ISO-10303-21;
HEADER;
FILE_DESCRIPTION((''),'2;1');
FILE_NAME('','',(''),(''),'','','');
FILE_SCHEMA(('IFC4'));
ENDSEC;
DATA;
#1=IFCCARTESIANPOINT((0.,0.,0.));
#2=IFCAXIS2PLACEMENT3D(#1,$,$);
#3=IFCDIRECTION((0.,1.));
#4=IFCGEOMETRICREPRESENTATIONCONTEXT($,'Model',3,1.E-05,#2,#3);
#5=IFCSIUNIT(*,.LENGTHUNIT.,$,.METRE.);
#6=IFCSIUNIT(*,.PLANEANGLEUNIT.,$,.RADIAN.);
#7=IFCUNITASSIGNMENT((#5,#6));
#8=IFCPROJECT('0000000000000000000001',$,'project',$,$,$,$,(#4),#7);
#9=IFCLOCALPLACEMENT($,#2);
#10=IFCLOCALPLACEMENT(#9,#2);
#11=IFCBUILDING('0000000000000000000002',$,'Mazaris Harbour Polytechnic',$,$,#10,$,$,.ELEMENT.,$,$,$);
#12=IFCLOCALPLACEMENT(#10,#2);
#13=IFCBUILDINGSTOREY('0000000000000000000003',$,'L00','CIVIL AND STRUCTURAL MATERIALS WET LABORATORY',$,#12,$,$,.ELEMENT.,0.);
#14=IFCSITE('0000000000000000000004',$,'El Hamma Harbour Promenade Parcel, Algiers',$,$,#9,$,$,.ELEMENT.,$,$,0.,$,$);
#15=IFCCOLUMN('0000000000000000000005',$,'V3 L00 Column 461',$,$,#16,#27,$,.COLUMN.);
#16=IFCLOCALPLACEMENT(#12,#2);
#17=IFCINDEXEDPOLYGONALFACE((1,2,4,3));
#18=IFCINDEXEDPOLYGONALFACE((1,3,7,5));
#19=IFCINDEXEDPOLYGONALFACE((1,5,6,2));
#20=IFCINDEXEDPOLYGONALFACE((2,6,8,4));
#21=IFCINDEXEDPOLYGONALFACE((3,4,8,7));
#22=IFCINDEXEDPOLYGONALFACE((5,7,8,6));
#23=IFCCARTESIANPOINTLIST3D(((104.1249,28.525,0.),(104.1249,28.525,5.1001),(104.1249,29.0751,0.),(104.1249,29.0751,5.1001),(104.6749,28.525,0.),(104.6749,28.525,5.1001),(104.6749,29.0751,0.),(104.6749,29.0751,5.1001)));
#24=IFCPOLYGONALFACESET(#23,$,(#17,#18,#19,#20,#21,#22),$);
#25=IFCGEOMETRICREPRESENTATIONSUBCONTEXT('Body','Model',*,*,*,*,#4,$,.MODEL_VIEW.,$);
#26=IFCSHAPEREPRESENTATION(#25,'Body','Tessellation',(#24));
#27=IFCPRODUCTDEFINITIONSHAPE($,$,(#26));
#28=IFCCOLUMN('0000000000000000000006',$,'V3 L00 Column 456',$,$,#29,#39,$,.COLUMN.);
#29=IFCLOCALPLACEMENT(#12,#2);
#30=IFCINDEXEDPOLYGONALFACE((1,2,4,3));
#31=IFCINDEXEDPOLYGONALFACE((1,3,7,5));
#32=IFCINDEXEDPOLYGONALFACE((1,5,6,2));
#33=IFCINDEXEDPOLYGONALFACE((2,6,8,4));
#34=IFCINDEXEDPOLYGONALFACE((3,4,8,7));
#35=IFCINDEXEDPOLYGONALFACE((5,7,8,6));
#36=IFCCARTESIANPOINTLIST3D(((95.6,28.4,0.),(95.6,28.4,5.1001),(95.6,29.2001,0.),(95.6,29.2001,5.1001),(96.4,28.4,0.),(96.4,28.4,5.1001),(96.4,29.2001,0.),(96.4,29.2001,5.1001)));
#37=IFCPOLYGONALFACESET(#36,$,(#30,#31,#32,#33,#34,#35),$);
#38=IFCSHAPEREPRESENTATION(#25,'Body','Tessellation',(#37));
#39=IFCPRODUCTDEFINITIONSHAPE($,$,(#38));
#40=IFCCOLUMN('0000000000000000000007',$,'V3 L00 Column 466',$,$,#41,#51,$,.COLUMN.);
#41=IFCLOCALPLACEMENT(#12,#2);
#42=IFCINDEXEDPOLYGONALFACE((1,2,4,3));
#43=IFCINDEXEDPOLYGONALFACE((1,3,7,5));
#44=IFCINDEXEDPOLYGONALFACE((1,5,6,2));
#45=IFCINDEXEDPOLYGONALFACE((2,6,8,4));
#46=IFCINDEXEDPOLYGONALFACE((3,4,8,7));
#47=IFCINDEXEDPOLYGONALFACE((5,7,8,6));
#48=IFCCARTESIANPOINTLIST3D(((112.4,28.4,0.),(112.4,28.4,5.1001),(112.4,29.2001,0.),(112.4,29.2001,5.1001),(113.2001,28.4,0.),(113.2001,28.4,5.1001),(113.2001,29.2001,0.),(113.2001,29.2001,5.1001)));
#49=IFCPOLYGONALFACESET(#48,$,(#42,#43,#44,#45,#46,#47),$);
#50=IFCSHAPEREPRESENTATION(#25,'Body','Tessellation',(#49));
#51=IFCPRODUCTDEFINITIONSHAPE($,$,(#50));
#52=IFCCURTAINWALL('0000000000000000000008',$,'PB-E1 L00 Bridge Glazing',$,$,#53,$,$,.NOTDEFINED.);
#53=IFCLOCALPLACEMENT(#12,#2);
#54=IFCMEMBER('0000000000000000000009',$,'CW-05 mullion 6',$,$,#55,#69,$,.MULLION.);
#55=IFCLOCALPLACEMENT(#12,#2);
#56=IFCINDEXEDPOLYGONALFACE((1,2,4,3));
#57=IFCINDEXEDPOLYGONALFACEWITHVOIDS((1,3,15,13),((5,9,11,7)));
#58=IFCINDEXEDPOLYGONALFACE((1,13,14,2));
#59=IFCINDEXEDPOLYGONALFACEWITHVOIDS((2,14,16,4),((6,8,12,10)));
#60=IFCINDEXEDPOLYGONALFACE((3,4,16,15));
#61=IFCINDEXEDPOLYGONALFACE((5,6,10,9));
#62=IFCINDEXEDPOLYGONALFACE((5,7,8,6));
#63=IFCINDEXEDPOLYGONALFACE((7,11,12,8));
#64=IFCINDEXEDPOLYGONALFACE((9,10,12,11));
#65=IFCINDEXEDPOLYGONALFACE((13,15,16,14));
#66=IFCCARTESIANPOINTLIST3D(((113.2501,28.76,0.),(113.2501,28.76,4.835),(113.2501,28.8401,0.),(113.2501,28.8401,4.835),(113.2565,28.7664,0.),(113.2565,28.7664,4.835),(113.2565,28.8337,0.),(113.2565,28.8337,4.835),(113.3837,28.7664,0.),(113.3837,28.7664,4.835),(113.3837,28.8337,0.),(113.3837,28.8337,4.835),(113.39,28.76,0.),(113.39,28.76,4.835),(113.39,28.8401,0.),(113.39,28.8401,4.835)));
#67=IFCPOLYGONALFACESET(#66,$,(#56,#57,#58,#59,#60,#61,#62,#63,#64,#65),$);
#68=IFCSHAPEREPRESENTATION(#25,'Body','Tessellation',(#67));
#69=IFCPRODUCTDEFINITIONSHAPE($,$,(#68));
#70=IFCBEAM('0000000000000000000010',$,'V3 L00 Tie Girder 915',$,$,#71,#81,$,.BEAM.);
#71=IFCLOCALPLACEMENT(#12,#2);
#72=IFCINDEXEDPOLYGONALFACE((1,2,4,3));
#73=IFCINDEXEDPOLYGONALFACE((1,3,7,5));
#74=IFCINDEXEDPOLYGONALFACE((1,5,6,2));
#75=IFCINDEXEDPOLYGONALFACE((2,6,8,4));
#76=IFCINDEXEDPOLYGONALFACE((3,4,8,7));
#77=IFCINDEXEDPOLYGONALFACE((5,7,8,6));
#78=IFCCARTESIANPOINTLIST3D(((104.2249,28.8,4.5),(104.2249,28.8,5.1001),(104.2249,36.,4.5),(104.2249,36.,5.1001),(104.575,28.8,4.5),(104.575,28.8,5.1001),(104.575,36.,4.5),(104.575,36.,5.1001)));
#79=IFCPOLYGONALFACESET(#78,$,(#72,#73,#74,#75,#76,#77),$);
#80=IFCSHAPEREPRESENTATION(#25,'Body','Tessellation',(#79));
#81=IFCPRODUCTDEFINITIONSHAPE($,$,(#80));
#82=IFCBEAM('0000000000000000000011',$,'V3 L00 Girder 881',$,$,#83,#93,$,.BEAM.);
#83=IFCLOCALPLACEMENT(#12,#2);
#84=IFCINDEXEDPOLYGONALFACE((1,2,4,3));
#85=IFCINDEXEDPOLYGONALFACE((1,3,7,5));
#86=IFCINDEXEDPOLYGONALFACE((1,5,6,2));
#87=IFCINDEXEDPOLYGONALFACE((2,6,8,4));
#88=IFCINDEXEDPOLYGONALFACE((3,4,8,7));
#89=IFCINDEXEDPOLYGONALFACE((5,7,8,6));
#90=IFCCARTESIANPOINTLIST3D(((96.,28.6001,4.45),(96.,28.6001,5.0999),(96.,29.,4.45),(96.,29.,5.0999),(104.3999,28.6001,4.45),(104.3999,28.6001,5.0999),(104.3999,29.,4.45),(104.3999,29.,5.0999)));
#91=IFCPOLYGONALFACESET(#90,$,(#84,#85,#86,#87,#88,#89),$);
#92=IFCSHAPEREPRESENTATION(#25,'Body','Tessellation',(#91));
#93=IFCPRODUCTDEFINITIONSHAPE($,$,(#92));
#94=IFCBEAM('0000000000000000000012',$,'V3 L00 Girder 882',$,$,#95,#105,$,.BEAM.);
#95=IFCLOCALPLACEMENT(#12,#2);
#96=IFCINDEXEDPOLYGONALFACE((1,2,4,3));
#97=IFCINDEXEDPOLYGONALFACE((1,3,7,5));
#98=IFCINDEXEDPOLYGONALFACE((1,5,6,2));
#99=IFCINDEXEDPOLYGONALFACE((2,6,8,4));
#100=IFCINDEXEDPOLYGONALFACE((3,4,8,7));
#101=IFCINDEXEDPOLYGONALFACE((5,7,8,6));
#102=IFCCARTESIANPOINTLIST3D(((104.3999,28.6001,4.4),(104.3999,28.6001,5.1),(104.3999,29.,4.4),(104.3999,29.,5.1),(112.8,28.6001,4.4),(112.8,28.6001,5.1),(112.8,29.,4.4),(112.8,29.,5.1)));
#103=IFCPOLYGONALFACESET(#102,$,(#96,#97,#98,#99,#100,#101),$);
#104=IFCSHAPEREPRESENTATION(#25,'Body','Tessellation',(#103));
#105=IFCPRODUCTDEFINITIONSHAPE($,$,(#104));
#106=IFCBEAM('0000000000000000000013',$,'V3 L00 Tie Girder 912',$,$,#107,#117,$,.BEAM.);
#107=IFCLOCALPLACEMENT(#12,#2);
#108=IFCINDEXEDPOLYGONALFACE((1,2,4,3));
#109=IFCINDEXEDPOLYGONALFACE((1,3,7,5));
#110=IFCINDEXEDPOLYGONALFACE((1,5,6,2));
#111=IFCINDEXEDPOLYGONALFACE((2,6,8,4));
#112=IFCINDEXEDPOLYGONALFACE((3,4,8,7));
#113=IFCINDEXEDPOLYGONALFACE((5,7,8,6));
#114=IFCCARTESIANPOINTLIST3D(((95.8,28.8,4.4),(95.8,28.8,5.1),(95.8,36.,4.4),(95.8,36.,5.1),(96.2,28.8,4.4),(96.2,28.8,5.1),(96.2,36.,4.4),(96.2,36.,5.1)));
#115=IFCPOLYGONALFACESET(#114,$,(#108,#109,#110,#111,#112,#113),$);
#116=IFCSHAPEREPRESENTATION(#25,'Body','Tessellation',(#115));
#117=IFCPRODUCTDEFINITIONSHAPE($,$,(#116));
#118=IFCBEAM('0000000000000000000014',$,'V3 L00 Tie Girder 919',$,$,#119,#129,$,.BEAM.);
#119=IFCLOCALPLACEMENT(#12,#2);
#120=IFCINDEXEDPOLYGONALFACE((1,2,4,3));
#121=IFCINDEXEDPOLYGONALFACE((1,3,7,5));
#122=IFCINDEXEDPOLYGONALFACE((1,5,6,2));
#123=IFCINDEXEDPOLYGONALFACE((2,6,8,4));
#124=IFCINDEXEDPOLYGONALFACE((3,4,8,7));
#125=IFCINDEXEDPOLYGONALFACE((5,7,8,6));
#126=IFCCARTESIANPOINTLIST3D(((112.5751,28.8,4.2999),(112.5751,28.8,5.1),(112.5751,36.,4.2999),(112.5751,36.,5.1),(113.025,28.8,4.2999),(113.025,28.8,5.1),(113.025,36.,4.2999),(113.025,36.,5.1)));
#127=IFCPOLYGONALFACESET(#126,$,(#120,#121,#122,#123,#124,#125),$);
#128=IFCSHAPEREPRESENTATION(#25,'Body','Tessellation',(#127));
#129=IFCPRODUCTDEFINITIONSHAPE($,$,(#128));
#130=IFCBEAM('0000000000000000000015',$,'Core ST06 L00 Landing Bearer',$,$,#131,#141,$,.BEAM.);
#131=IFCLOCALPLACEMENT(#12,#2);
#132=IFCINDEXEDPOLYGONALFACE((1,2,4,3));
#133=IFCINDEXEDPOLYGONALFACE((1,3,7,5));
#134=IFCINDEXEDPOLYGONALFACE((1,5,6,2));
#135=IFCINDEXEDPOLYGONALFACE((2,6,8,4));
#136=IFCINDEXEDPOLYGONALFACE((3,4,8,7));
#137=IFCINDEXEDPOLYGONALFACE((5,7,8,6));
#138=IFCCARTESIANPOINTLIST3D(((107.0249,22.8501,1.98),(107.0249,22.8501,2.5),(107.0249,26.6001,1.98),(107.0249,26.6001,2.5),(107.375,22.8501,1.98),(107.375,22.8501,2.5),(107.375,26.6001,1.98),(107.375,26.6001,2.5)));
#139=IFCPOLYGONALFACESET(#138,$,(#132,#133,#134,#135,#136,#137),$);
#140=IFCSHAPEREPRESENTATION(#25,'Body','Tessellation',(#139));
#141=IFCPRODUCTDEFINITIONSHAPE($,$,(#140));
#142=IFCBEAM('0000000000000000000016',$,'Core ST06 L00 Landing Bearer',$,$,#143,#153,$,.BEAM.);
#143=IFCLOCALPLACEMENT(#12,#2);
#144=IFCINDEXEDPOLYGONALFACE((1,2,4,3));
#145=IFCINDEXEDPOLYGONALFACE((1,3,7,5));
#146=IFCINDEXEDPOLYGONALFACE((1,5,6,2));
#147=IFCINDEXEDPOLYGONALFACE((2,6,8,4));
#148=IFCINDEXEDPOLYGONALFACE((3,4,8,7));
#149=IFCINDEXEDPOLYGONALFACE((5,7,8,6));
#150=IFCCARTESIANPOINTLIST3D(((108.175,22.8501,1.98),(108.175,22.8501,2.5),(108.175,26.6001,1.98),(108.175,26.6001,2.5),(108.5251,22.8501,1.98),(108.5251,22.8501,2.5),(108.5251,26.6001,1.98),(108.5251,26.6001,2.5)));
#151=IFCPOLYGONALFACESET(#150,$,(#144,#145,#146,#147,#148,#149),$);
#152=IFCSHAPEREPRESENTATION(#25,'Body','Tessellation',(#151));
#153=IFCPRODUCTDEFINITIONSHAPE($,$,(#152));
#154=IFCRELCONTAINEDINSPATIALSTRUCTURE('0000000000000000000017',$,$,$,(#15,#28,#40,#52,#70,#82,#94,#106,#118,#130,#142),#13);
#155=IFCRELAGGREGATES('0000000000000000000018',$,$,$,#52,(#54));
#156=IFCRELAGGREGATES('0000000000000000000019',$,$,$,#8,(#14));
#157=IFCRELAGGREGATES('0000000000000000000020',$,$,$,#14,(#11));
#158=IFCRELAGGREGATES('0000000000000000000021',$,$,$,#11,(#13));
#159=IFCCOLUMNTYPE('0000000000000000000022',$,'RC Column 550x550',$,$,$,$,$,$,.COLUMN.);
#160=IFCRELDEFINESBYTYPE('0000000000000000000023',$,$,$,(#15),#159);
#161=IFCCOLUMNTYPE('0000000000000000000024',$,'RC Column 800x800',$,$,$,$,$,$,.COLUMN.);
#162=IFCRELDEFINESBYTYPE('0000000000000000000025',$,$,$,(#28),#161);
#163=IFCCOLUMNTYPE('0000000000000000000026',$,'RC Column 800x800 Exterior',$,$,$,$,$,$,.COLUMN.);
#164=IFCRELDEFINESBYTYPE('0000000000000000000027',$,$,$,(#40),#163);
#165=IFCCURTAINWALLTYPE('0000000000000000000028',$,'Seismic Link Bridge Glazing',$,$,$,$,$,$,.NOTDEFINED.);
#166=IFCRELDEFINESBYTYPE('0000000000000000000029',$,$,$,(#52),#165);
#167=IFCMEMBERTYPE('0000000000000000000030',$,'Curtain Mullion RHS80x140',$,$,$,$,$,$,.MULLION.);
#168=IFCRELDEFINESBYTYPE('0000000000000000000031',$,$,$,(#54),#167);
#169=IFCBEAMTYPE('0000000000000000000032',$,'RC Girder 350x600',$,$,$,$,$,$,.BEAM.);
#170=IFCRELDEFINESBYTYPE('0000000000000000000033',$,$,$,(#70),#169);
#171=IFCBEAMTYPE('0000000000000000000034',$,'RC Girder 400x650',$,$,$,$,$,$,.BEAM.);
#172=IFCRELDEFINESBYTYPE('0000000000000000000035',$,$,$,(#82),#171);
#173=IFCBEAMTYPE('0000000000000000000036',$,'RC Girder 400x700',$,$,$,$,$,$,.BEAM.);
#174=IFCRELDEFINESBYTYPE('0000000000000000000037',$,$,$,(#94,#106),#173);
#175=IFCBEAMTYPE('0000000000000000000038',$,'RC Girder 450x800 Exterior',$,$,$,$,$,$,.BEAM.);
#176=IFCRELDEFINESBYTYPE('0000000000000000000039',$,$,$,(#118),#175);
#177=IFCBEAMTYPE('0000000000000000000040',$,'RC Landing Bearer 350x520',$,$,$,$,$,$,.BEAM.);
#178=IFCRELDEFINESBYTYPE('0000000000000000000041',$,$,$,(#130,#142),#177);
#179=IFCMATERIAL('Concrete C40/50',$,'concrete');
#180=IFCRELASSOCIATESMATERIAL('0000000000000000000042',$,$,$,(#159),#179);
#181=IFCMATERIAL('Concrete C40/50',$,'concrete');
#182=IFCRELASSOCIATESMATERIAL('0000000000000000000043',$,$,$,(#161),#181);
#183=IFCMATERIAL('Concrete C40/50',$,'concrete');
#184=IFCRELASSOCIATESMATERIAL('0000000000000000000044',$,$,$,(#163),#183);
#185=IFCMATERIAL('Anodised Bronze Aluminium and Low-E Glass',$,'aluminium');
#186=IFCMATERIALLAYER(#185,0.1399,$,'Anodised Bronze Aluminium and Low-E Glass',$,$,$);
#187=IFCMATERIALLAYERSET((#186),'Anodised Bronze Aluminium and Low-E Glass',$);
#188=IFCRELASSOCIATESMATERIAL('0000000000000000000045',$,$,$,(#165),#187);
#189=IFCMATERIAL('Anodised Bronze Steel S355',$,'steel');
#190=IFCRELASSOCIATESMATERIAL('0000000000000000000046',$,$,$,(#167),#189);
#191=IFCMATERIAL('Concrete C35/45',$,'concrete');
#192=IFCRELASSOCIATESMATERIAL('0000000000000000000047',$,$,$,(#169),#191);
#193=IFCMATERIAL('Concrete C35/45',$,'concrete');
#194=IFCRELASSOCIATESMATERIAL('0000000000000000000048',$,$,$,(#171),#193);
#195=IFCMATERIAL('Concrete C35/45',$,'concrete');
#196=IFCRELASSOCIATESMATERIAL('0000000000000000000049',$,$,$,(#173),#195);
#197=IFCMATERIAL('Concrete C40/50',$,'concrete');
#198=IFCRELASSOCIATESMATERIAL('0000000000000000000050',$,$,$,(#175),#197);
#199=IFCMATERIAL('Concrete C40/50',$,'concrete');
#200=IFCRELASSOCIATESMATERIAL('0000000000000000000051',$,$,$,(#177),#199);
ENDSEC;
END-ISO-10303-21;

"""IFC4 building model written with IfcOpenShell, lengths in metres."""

from ifc_helpers import new_model, si_unit, direction, frame, origin, origin_2d, place, context, subcontext, project, spatial, rectangle, hollow_rectangle, extrude, material, layer, layer_set, material_profile, profile_set, type_object, element, aggregate, save


model = new_model("IFC4")

# Units and contexts
model_context = context("Model", 3, precision=1e-05, world=origin(), true_north=direction((0.0, 1.0)))
body_context = subcontext(model_context, "Body", "Model", "MODEL_VIEW")
ifc_project = project(units=[si_unit("LENGTHUNIT", "METRE"), si_unit("PLANEANGLEUNIT", "RADIAN")], contexts=[model_context])

# Site, building, storey
site_placement = place(None, origin())
site = spatial("IfcSite", under=ifc_project, at=site_placement, Name="El Hamma Harbour Promenade Parcel, Algiers", CompositionType="ELEMENT", RefElevation=0.0)
building_placement = place(site_placement, origin())
building = spatial("IfcBuilding", under=site, at=building_placement, Name="Mazaris Harbour Polytechnic", CompositionType="ELEMENT")
storey_placement = place(building_placement, origin())
storey = spatial("IfcBuildingStorey", under=building, at=storey_placement, Name="L00", Description="CIVIL AND STRUCTURAL MATERIALS WET LABORATORY", CompositionType="ELEMENT", Elevation=0.0)

# Columns
ifc_material_1 = material(Name="Concrete C40/50", Category="concrete")
ifc_material_profile_1 = material_profile(ifc_material_1, rectangle(XDim=0.55, YDim=0.55, at=origin_2d()), Name="RECT550x550")
ifc_profile_set_1 = profile_set([ifc_material_profile_1], Name="Concrete C40/50")
column_type_1 = type_object("IfcColumnType", Name="RC Column 550x550", PredefinedType="COLUMN", material=ifc_profile_set_1)
column_1_placement = place(storey_placement, frame((104.3999, 28.8, 0.0), z_axis=(0.0, 0.0, 1.0), x_axis=(1.0, 0.0, 0.0)))
element("IfcColumn", 1, at=column_1_placement, inside=storey, type_object=column_type_1, Name="V3 L00 Column 461", PredefinedType="COLUMN", context=body_context, shape_type="SweptSolid", body=[
    extrude(rectangle(XDim=0.55, YDim=0.55, at=origin_2d()), origin(), (0.0, 0.0, 1.0), 5.1001),
])
ifc_material_2 = material(Name="Concrete C40/50", Category="concrete")
ifc_material_profile_2 = material_profile(ifc_material_2, rectangle(XDim=0.8, YDim=0.8, at=origin_2d()), Name="RECT800x800")
ifc_profile_set_2 = profile_set([ifc_material_profile_2], Name="Concrete C40/50")
column_type_2 = type_object("IfcColumnType", Name="RC Column 800x800", PredefinedType="COLUMN", material=ifc_profile_set_2)
column_2_placement = place(storey_placement, frame((96.0, 28.8, 0.0), z_axis=(0.0, 0.0, 1.0), x_axis=(1.0, 0.0, 0.0)))
element("IfcColumn", 2, at=column_2_placement, inside=storey, type_object=column_type_2, Name="V3 L00 Column 456", PredefinedType="COLUMN", context=body_context, shape_type="SweptSolid", body=[
    extrude(rectangle(XDim=0.8, YDim=0.8, at=origin_2d()), origin(), (0.0, 0.0, 1.0), 5.1001),
])
ifc_material_3 = material(Name="Concrete C40/50", Category="concrete")
ifc_material_profile_3 = material_profile(ifc_material_3, rectangle(XDim=0.8, YDim=0.8, at=origin_2d()), Name="RECT800x800")
ifc_profile_set_3 = profile_set([ifc_material_profile_3], Name="Concrete C40/50")
column_type_3 = type_object("IfcColumnType", Name="RC Column 800x800 Exterior", PredefinedType="COLUMN", material=ifc_profile_set_3)
column_3_placement = place(storey_placement, frame((112.8, 28.8, 0.0), z_axis=(0.0, 0.0, 1.0), x_axis=(1.0, 0.0, 0.0)))
element("IfcColumn", 3, at=column_3_placement, inside=storey, type_object=column_type_3, Name="V3 L00 Column 466", PredefinedType="COLUMN", context=body_context, shape_type="SweptSolid", body=[
    extrude(rectangle(XDim=0.8, YDim=0.8, at=origin_2d()), origin(), (0.0, 0.0, 1.0), 5.1001),
])

# Curtain wall, member
ifc_material_4 = material(Name="Anodised Bronze Aluminium and Low-E Glass", Category="aluminium")
ifc_layer_1 = layer(ifc_material_4, 0.1399, Name="Anodised Bronze Aluminium and Low-E Glass")
ifc_layer_set_1 = layer_set([ifc_layer_1], Name="Anodised Bronze Aluminium and Low-E Glass")
curtain_wall_type = type_object("IfcCurtainWallType", Name="Seismic Link Bridge Glazing", PredefinedType="NOTDEFINED", material=ifc_layer_set_1)
curtain_wall_placement = place(storey_placement, origin())
curtain_wall = element("IfcCurtainWall", 4, at=curtain_wall_placement, inside=storey, type_object=curtain_wall_type, Name="PB-E1 L00 Bridge Glazing", PredefinedType="NOTDEFINED")
ifc_material_5 = material(Name="Anodised Bronze Steel S355", Category="steel")
ifc_material_profile_4 = material_profile(ifc_material_5, hollow_rectangle(XDim=0.0801, YDim=0.1399, WallThickness=0.0063, at=origin_2d()), Name="RHS 80x140x6.3")
ifc_profile_set_4 = profile_set([ifc_material_profile_4], Name="Anodised Bronze Steel S355")
member_type = type_object("IfcMemberType", Name="Curtain Mullion RHS80x140", PredefinedType="MULLION", material=ifc_profile_set_4)
member_placement = place(storey_placement, frame((113.3201, 28.8, 0.0), z_axis=(0.0, 0.0, 1.0), x_axis=(0.0, -1.0, 0.0)))
member = element("IfcMember", 5, at=member_placement, type_object=member_type, Name="CW-05 mullion 6", PredefinedType="MULLION", context=body_context, shape_type="SweptSolid", body=[
    extrude(hollow_rectangle(XDim=0.0801, YDim=0.1399, WallThickness=0.0063, at=origin_2d()), origin(), (0.0, 0.0, 1.0), 4.835),
])
aggregate(curtain_wall, [member])

# Beams
ifc_material_6 = material(Name="Concrete C35/45", Category="concrete")
ifc_material_profile_5 = material_profile(ifc_material_6, rectangle(XDim=0.3501, YDim=0.6001, at=origin_2d()), Name="RECT350x600")
ifc_profile_set_5 = profile_set([ifc_material_profile_5], Name="Concrete C35/45")
beam_type_1 = type_object("IfcBeamType", Name="RC Girder 350x600", PredefinedType="BEAM", material=ifc_profile_set_5)
beam_1_placement = place(storey_placement, frame((104.3999, 28.8, 4.8), z_axis=(0.0, 1.0, 0.0), x_axis=(-1.0, 0.0, 0.0)))
element("IfcBeam", 6, at=beam_1_placement, inside=storey, type_object=beam_type_1, Name="V3 L00 Tie Girder 915", PredefinedType="BEAM", context=body_context, shape_type="SweptSolid", body=[
    extrude(rectangle(XDim=0.3501, YDim=0.6001, at=origin_2d()), origin(), (0.0, 0.0, 1.0), 7.2),
])
ifc_material_7 = material(Name="Concrete C35/45", Category="concrete")
ifc_material_profile_6 = material_profile(ifc_material_7, rectangle(XDim=0.3999, YDim=0.6499, at=origin_2d()), Name="RECT400x650")
ifc_profile_set_6 = profile_set([ifc_material_profile_6], Name="Concrete C35/45")
beam_type_2 = type_object("IfcBeamType", Name="RC Girder 400x650", PredefinedType="BEAM", material=ifc_profile_set_6)
beam_2_placement = place(storey_placement, frame((96.0, 28.8, 4.7749), z_axis=(1.0, 0.0, 0.0), x_axis=(0.0, 1.0, 0.0)))
element("IfcBeam", 7, at=beam_2_placement, inside=storey, type_object=beam_type_2, Name="V3 L00 Girder 881", PredefinedType="BEAM", context=body_context, shape_type="SweptSolid", body=[
    extrude(rectangle(XDim=0.3999, YDim=0.6499, at=origin_2d()), origin(), (0.0, 0.0, 1.0), 8.3999),
])
ifc_material_8 = material(Name="Concrete C35/45", Category="concrete")
ifc_material_profile_7 = material_profile(ifc_material_8, rectangle(XDim=0.3999, YDim=0.7, at=origin_2d()), Name="RECT400x700")
ifc_profile_set_7 = profile_set([ifc_material_profile_7], Name="Concrete C35/45")
beam_type_3 = type_object("IfcBeamType", Name="RC Girder 400x700", PredefinedType="BEAM", material=ifc_profile_set_7)
beam_3_placement = place(storey_placement, frame((104.3999, 28.8, 4.75), z_axis=(1.0, 0.0, 0.0), x_axis=(0.0, 1.0, 0.0)))
element("IfcBeam", 8, at=beam_3_placement, inside=storey, type_object=beam_type_3, Name="V3 L00 Girder 882", PredefinedType="BEAM", context=body_context, shape_type="SweptSolid", body=[
    extrude(rectangle(XDim=0.3999, YDim=0.7, at=origin_2d()), origin(), (0.0, 0.0, 1.0), 8.4001),
])
beam_4_placement = place(storey_placement, frame((96.0, 28.8, 4.75), z_axis=(0.0, 1.0, 0.0), x_axis=(-1.0, 0.0, 0.0)))
element("IfcBeam", 9, at=beam_4_placement, inside=storey, type_object=beam_type_3, Name="V3 L00 Tie Girder 912", PredefinedType="BEAM", context=body_context, shape_type="SweptSolid", body=[
    extrude(rectangle(XDim=0.3999, YDim=0.7, at=origin_2d()), origin(), (0.0, 0.0, 1.0), 7.2),
])
ifc_material_9 = material(Name="Concrete C40/50", Category="concrete")
ifc_material_profile_8 = material_profile(ifc_material_9, rectangle(XDim=0.45, YDim=0.8, at=origin_2d()), Name="RECT450x800")
ifc_profile_set_8 = profile_set([ifc_material_profile_8], Name="Concrete C40/50")
beam_type_4 = type_object("IfcBeamType", Name="RC Girder 450x800 Exterior", PredefinedType="BEAM", material=ifc_profile_set_8)
beam_5_placement = place(storey_placement, frame((112.8, 28.8, 4.7), z_axis=(0.0, 1.0, 0.0), x_axis=(-1.0, 0.0, 0.0)))
element("IfcBeam", 10, at=beam_5_placement, inside=storey, type_object=beam_type_4, Name="V3 L00 Tie Girder 919", PredefinedType="BEAM", context=body_context, shape_type="SweptSolid", body=[
    extrude(rectangle(XDim=0.45, YDim=0.8, at=origin_2d()), origin(), (0.0, 0.0, 1.0), 7.2),
])
ifc_material_10 = material(Name="Concrete C40/50", Category="concrete")
ifc_material_profile_9 = material_profile(ifc_material_10, rectangle(XDim=0.3501, YDim=0.52, at=origin_2d()), Name="RECT350x520")
ifc_profile_set_9 = profile_set([ifc_material_profile_9], Name="Concrete C40/50")
beam_type_5 = type_object("IfcBeamType", Name="RC Landing Bearer 350x520", PredefinedType="BEAM", material=ifc_profile_set_9)
for number, where, z_axis, x_axis, name in (
    (11, (107.2, 22.8501, 2.24), (0.0, 1.0, 0.0), (-1.0, 0.0, 0.0), "Core ST06 L00 Landing Bearer"),
    (12, (108.3501, 22.8501, 2.24), (0.0, 1.0, 0.0), (-1.0, 0.0, 0.0), "Core ST06 L00 Landing Bearer"),
):
    element("IfcBeam", number, at=place(storey_placement, frame(where, z_axis=z_axis, x_axis=x_axis)), inside=storey, type_object=beam_type_5, Name=name, PredefinedType="BEAM", context=body_context, shape_type="SweptSolid", body=[
        extrude(rectangle(XDim=0.3501, YDim=0.52, at=origin_2d()), origin(), (0.0, 0.0, 1.0), 3.75),
    ])

save(model, "model.ifc")
